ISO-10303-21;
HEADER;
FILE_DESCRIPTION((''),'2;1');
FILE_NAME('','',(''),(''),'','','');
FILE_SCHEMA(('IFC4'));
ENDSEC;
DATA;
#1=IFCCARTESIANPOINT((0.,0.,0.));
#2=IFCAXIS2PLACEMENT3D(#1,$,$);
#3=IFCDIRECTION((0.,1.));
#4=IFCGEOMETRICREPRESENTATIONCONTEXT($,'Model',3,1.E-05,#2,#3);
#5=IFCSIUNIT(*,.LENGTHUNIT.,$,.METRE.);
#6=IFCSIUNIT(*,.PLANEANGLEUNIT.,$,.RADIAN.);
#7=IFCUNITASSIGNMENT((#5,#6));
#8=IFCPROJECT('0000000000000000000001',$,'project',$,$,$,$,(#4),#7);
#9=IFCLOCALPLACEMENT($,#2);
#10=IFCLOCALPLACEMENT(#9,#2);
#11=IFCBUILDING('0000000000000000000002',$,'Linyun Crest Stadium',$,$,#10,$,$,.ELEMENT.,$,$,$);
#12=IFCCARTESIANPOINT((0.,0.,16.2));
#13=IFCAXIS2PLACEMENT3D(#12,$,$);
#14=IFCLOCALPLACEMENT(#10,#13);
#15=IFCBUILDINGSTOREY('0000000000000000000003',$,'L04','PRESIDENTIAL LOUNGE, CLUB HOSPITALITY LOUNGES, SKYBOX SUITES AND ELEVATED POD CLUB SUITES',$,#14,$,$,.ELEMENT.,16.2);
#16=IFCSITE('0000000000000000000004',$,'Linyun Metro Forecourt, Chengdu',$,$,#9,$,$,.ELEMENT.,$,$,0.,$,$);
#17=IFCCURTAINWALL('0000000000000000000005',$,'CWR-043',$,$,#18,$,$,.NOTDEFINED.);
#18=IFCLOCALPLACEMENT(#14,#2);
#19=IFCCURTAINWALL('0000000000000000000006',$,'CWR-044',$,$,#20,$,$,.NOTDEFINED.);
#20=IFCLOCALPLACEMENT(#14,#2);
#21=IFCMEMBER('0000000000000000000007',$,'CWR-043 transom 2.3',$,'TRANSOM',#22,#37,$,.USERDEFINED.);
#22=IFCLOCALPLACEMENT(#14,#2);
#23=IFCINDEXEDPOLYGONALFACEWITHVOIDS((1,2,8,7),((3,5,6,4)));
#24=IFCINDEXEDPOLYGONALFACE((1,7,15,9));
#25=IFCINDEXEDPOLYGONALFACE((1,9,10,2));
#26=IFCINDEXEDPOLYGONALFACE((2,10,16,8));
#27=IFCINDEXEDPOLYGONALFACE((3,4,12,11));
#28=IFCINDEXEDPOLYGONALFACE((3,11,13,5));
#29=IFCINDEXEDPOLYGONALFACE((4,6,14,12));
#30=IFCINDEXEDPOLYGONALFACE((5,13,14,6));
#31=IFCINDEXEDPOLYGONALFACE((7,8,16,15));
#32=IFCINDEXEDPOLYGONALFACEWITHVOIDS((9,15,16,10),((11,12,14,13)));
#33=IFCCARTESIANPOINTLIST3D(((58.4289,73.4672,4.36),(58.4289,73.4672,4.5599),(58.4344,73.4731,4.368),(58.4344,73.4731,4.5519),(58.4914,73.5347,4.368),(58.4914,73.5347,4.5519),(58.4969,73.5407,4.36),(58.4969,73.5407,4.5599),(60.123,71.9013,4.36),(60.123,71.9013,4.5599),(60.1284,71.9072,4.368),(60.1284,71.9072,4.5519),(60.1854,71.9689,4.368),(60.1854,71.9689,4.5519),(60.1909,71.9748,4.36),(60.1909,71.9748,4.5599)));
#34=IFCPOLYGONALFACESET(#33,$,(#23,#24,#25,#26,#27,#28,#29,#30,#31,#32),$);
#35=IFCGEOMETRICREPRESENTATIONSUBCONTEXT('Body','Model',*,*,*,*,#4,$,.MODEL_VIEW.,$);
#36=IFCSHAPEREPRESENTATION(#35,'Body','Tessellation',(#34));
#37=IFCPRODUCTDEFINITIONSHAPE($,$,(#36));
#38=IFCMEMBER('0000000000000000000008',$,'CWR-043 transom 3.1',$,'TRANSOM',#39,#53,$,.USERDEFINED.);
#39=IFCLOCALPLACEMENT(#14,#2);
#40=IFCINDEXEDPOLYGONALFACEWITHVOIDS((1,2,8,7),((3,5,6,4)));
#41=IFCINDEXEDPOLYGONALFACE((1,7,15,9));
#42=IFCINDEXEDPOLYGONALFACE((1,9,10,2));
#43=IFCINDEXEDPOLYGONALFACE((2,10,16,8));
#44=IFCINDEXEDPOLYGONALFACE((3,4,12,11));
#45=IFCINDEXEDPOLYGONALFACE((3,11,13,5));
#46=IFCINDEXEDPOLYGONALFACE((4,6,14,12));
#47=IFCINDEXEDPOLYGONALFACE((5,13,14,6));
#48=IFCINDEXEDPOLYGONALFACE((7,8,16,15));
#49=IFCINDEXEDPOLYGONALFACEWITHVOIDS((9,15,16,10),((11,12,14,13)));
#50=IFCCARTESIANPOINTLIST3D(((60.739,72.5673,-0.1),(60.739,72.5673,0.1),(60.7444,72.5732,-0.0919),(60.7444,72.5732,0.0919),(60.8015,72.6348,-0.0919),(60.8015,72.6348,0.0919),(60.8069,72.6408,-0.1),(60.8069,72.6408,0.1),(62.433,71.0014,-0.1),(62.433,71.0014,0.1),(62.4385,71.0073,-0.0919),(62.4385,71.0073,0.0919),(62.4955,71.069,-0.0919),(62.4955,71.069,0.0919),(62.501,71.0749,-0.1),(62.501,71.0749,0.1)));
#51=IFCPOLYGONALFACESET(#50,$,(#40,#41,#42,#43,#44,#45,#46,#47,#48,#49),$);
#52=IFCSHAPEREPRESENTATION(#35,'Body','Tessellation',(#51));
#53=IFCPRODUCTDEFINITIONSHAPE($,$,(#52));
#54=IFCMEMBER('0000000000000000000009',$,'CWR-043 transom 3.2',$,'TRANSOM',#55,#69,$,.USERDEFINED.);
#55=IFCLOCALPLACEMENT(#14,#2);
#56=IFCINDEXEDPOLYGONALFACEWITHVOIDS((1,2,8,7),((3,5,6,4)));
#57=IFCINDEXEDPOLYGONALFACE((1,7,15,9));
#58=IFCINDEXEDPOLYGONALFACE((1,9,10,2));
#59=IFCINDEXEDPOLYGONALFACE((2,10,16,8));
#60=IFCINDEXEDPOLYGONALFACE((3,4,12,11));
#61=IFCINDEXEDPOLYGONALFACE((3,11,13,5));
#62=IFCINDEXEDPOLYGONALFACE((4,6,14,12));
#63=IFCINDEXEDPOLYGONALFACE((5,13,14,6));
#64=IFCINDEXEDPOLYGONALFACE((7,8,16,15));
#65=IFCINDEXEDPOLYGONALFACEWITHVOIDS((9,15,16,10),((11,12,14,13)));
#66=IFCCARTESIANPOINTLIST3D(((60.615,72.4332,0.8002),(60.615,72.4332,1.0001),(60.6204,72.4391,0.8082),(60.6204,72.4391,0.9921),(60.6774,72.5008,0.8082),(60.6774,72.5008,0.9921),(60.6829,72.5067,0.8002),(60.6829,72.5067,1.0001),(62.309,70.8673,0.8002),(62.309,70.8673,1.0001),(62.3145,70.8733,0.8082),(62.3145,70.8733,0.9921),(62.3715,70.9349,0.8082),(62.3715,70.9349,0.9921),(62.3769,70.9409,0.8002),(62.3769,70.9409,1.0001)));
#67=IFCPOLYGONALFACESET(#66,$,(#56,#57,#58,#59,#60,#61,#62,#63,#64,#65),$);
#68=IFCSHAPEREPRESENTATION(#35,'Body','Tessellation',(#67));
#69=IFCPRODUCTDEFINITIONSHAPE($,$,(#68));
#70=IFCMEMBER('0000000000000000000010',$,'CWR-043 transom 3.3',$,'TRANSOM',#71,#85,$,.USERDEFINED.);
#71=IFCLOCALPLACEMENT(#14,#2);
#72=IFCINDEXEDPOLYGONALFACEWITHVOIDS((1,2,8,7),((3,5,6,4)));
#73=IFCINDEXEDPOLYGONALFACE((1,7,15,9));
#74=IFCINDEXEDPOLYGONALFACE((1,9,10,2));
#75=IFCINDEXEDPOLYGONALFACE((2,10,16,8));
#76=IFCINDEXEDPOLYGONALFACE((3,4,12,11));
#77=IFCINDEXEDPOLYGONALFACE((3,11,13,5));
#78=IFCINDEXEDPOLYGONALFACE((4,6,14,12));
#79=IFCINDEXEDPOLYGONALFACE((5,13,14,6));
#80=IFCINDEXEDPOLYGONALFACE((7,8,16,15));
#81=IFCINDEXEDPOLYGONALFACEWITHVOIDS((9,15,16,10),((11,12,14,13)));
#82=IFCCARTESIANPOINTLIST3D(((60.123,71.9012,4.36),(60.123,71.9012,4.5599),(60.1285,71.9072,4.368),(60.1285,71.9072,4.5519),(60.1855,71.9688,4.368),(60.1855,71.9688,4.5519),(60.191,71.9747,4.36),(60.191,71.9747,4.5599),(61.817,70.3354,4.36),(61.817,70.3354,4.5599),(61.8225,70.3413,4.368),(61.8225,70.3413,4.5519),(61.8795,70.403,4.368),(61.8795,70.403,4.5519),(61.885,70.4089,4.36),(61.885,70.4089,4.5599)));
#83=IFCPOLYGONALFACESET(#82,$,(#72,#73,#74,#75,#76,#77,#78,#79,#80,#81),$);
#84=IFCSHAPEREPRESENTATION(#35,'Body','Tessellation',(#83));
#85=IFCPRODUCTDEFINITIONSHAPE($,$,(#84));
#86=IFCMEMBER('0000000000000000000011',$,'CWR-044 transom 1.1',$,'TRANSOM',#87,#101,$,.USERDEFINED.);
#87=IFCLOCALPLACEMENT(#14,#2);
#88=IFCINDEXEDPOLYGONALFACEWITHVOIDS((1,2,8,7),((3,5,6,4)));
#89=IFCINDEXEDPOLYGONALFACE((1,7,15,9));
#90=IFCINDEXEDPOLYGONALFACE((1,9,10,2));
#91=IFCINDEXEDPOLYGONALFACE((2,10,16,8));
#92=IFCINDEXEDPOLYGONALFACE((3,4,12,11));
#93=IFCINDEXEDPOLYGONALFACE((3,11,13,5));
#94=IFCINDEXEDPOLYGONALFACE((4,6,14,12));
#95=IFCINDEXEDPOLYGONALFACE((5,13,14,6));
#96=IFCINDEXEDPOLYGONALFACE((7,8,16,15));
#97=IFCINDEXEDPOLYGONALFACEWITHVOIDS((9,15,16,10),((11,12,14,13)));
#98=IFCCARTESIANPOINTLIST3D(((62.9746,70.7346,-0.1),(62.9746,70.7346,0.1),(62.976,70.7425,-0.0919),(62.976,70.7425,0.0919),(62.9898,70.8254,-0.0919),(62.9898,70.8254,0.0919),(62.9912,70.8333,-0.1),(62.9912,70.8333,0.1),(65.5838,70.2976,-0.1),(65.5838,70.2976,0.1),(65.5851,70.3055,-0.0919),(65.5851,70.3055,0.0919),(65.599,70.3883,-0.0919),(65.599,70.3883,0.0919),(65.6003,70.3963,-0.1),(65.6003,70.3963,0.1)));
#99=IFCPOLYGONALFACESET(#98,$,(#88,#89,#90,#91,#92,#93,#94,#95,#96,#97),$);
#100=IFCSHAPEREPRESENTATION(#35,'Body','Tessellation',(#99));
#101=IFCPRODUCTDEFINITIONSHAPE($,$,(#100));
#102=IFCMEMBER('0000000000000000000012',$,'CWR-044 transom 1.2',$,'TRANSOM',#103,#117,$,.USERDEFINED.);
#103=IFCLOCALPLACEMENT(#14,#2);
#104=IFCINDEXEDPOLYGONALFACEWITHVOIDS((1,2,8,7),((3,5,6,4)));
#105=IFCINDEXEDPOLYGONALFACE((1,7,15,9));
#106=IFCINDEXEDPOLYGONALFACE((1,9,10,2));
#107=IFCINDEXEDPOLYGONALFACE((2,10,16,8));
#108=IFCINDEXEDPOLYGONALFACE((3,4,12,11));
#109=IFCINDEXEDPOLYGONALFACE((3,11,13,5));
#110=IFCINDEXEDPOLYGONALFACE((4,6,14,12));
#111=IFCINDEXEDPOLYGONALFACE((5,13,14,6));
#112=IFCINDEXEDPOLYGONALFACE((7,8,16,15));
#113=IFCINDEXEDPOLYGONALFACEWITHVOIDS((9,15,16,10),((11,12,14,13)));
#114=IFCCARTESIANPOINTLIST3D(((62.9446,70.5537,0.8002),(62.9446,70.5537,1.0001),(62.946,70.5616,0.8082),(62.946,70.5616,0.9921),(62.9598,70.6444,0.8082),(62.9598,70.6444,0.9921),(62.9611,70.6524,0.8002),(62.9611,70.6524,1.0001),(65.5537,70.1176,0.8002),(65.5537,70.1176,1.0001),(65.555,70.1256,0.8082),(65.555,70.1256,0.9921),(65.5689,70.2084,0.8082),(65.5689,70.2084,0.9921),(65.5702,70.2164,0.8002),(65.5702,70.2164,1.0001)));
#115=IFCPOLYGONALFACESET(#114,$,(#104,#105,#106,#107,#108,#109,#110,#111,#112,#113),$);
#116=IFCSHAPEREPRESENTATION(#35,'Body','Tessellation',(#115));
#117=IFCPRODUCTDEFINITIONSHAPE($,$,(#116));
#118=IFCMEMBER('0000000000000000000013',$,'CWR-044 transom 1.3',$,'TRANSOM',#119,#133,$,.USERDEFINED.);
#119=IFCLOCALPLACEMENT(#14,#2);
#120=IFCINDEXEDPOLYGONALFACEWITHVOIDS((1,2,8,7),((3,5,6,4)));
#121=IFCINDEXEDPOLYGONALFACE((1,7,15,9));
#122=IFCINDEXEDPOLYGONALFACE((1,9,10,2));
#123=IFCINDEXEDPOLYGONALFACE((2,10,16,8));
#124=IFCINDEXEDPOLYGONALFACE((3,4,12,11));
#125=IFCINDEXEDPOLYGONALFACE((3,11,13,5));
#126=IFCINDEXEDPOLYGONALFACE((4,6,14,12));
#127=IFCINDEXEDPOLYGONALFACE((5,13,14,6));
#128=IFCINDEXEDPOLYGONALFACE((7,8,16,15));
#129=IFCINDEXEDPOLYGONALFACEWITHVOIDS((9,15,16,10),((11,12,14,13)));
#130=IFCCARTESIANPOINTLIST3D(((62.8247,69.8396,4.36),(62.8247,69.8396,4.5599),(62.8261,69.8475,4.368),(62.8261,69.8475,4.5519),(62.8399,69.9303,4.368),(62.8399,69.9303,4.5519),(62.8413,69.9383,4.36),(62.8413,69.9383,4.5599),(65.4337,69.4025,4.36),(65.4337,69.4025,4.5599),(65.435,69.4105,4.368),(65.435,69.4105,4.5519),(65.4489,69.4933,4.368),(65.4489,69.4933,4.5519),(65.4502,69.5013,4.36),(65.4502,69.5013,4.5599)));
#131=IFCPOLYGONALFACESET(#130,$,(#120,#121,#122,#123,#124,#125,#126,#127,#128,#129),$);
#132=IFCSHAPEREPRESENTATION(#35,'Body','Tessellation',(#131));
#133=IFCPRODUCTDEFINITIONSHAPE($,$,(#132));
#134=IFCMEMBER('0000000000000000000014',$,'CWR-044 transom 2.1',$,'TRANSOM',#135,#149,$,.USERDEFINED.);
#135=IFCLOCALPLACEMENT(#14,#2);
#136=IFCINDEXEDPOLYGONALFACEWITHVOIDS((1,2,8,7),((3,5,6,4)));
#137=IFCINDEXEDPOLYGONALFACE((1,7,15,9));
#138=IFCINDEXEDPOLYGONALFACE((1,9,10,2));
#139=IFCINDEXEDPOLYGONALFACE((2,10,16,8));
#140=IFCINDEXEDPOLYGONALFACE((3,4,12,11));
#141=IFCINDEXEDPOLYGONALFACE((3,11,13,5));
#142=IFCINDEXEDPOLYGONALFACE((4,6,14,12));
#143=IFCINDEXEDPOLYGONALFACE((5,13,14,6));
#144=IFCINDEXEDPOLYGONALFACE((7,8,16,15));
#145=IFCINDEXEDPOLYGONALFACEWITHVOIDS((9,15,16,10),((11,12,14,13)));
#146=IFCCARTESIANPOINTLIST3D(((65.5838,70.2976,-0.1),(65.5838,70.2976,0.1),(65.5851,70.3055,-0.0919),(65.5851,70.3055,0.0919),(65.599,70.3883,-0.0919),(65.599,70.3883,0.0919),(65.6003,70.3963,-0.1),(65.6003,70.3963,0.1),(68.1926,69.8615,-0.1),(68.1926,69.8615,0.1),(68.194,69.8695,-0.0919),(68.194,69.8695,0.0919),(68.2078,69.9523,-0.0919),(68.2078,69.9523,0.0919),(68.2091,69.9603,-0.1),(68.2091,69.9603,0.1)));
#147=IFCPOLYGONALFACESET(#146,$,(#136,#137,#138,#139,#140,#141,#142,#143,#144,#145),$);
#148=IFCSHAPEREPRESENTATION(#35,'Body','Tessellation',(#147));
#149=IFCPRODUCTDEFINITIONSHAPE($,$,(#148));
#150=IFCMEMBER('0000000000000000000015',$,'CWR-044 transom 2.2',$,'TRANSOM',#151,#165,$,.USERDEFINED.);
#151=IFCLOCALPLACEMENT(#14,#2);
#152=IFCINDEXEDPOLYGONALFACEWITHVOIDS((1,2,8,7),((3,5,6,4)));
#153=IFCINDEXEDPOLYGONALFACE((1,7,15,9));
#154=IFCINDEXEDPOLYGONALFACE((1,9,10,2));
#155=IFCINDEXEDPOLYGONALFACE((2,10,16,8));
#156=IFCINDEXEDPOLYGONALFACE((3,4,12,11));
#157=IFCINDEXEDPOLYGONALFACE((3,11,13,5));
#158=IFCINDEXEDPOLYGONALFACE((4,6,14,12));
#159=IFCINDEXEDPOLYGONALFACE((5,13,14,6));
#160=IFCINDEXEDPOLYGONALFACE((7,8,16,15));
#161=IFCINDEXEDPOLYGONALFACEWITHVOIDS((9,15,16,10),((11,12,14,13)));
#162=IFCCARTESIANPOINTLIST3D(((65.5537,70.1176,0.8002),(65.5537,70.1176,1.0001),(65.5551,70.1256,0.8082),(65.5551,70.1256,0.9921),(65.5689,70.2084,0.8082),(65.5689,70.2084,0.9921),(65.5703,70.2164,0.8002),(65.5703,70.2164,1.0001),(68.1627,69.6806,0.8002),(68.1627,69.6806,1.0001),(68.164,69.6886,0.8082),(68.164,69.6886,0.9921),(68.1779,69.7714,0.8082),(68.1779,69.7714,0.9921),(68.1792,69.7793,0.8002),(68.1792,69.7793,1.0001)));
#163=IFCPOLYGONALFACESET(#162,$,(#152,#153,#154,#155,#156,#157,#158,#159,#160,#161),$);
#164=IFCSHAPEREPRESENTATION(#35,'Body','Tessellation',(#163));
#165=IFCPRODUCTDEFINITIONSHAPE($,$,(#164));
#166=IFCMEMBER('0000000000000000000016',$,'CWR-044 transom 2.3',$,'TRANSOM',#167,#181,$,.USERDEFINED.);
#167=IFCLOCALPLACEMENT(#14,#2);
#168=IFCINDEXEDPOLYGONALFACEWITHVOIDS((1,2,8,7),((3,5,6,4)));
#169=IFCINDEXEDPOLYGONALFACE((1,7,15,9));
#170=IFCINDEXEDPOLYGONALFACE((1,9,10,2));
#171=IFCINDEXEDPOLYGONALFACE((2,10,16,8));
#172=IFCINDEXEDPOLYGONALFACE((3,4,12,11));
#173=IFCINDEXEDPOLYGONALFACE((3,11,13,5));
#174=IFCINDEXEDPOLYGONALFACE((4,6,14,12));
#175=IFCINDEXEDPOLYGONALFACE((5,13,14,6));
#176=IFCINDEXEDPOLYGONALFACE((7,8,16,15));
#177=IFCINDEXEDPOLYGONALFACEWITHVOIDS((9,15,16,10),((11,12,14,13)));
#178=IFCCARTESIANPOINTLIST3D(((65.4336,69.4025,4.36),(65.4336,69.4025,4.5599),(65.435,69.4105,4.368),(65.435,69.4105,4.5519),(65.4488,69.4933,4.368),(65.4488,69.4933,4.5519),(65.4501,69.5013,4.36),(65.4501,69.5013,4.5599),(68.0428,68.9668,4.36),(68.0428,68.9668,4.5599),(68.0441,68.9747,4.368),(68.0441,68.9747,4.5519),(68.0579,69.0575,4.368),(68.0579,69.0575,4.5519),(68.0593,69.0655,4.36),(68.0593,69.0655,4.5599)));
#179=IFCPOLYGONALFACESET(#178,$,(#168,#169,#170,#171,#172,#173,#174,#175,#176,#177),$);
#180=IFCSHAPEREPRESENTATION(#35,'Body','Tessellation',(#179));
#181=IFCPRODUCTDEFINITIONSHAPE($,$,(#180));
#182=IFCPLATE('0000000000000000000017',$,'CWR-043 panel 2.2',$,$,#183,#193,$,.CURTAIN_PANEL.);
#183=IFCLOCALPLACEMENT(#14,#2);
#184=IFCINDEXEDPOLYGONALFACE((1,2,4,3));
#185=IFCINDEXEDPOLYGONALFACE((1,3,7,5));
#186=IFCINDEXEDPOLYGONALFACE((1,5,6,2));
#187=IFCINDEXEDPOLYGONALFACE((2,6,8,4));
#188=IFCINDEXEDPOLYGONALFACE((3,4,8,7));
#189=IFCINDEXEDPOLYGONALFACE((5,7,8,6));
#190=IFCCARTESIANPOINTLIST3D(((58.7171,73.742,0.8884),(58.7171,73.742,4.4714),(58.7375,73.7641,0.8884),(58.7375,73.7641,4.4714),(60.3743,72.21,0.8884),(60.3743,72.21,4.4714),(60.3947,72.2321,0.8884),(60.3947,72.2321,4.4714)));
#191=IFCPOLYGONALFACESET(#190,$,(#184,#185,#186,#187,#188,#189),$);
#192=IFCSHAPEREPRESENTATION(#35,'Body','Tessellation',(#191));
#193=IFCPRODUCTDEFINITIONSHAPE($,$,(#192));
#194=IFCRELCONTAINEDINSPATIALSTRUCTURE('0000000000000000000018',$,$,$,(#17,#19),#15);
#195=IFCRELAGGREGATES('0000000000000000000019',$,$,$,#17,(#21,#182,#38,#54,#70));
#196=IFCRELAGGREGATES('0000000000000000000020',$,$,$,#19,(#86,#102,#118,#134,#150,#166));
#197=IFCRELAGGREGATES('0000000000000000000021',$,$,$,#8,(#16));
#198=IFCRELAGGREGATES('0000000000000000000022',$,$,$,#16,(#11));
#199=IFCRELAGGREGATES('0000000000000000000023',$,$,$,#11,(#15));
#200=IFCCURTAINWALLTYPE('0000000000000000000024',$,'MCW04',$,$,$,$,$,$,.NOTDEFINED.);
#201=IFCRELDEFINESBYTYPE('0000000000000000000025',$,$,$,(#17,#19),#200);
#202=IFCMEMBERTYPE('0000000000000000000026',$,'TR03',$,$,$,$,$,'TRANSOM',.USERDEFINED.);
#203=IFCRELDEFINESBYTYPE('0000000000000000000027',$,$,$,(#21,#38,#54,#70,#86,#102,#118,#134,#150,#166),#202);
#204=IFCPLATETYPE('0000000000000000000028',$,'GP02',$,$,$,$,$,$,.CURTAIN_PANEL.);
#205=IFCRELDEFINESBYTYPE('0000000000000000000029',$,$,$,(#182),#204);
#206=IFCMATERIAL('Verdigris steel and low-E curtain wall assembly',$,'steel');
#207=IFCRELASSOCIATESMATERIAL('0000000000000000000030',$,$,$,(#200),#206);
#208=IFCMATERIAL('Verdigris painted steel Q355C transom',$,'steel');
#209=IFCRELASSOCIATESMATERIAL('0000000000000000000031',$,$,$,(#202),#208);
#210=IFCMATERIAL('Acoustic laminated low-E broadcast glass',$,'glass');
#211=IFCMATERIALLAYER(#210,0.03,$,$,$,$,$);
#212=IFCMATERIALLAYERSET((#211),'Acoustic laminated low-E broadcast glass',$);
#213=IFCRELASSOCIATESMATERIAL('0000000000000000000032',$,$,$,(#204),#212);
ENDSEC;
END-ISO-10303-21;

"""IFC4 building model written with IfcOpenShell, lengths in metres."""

from ifc_helpers import new_model, si_unit, direction, frame, origin, origin_2d, place, context, subcontext, project, spatial, rectangle, hollow_rectangle, extrude, material, layer, layer_set, material_profile, profile_set, type_object, element, aggregate, save


model = new_model("IFC4")

# Units and contexts
model_context = context("Model", 3, precision=1e-05, world=origin(), true_north=direction((0.0, 1.0)))
body_context = subcontext(model_context, "Body", "Model", "MODEL_VIEW")
ifc_project = project(units=[si_unit("LENGTHUNIT", "METRE"), si_unit("PLANEANGLEUNIT", "RADIAN")], contexts=[model_context])

# Site, building, storey
site_placement = place(None, origin())
site = spatial("IfcSite", under=ifc_project, at=site_placement, Name="Linyun Metro Forecourt, Chengdu", CompositionType="ELEMENT", RefElevation=0.0)
building_placement = place(site_placement, origin())
building = spatial("IfcBuilding", under=site, at=building_placement, Name="Linyun Crest Stadium", CompositionType="ELEMENT")
storey_placement = place(building_placement, frame((0.0, 0.0, 16.2)))
storey = spatial("IfcBuildingStorey", under=building, at=storey_placement, Name="L04", Description="PRESIDENTIAL LOUNGE, CLUB HOSPITALITY LOUNGES, SKYBOX SUITES AND ELEVATED POD CLUB SUITES", CompositionType="ELEMENT", Elevation=16.2)

# Curtain walls
ifc_material_1 = material(Name="Verdigris steel and low-E curtain wall assembly", Category="steel")
curtain_wall_type = type_object("IfcCurtainWallType", Name="MCW04", PredefinedType="NOTDEFINED", material=ifc_material_1)
curtain_wall_1_placement = place(storey_placement, origin())
curtain_wall_1 = element("IfcCurtainWall", 1, at=curtain_wall_1_placement, inside=storey, type_object=curtain_wall_type, Name="CWR-043", PredefinedType="NOTDEFINED")
curtain_wall_2_placement = place(storey_placement, origin())
curtain_wall_2 = element("IfcCurtainWall", 2, at=curtain_wall_2_placement, inside=storey, type_object=curtain_wall_type, Name="CWR-044", PredefinedType="NOTDEFINED")

# Members
ifc_material_2 = material(Name="Verdigris painted steel Q355C transom", Category="steel")
ifc_material_profile_1 = material_profile(ifc_material_2, hollow_rectangle(XDim=0.1001, YDim=0.2, WallThickness=0.0081, at=origin_2d()), Name="RHS 200x100x8")
ifc_profile_set_1 = profile_set([ifc_material_profile_1], Name="Verdigris painted steel Q355C transom")
member_type_1 = type_object("IfcMemberType", Name="TR03", ElementType="TRANSOM", PredefinedType="USERDEFINED", material=ifc_profile_set_1)
member_1_placement = place(storey_placement, frame((58.4629, 73.5039, 4.46), z_axis=(0.734341, -0.678781, 0.0), x_axis=(0.678781, 0.734341, 0.0)))
member_1 = element("IfcMember", 3, at=member_1_placement, type_object=member_type_1, Name="CWR-043 transom 2.3", ObjectType="TRANSOM", PredefinedType="USERDEFINED", context=body_context, shape_type="SweptSolid", body=[
    extrude(hollow_rectangle(XDim=0.1001, YDim=0.2, WallThickness=0.0081, at=origin_2d()), origin(), (0.0, 0.0, 1.0), 2.3069),
])
member_2_placement = place(storey_placement, frame((60.7729, 72.604, 0.0), z_axis=(0.734341, -0.678781, 0.0), x_axis=(0.678781, 0.734341, 0.0)))
member_2 = element("IfcMember", 4, at=member_2_placement, type_object=member_type_1, Name="CWR-043 transom 3.1", ObjectType="TRANSOM", PredefinedType="USERDEFINED", context=body_context, shape_type="SweptSolid", body=[
    extrude(hollow_rectangle(XDim=0.1001, YDim=0.2, WallThickness=0.0081, at=origin_2d()), origin(), (0.0, 0.0, 1.0), 2.3069),
])
member_3_placement = place(storey_placement, frame((60.6489, 72.47, 0.9001), z_axis=(0.734341, -0.678781, 0.0), x_axis=(0.678781, 0.734341, 0.0)))
member_3 = element("IfcMember", 5, at=member_3_placement, type_object=member_type_1, Name="CWR-043 transom 3.2", ObjectType="TRANSOM", PredefinedType="USERDEFINED", context=body_context, shape_type="SweptSolid", body=[
    extrude(hollow_rectangle(XDim=0.1001, YDim=0.2, WallThickness=0.0081, at=origin_2d()), origin(), (0.0, 0.0, 1.0), 2.3069),
])
member_4_placement = place(storey_placement, frame((60.157, 71.938, 4.46), z_axis=(0.734341, -0.678781, 0.0), x_axis=(0.678781, 0.734341, 0.0)))
member_4 = element("IfcMember", 6, at=member_4_placement, type_object=member_type_1, Name="CWR-043 transom 3.3", ObjectType="TRANSOM", PredefinedType="USERDEFINED", context=body_context, shape_type="SweptSolid", body=[
    extrude(hollow_rectangle(XDim=0.1001, YDim=0.2, WallThickness=0.0081, at=origin_2d()), origin(), (0.0, 0.0, 1.0), 2.3069),
])
member_5_placement = place(storey_placement, frame((62.9829, 70.7839, 0.0), z_axis=(0.986261, -0.165192, 0.0), x_axis=(0.165192, 0.986261, 0.0)))
member_5 = element("IfcMember", 7, at=member_5_placement, type_object=member_type_1, Name="CWR-044 transom 1.1", ObjectType="TRANSOM", PredefinedType="USERDEFINED", context=body_context, shape_type="SweptSolid", body=[
    extrude(hollow_rectangle(XDim=0.1001, YDim=0.2, WallThickness=0.0081, at=origin_2d()), origin(), (0.0, 0.0, 1.0), 2.6455),
])
member_6_placement = place(storey_placement, frame((62.9529, 70.603, 0.9001), z_axis=(0.986321, -0.164833, 0.0), x_axis=(0.164833, 0.986321, 0.0)))
member_6 = element("IfcMember", 8, at=member_6_placement, type_object=member_type_1, Name="CWR-044 transom 1.2", ObjectType="TRANSOM", PredefinedType="USERDEFINED", context=body_context, shape_type="SweptSolid", body=[
    extrude(hollow_rectangle(XDim=0.1001, YDim=0.2, WallThickness=0.0081, at=origin_2d()), origin(), (0.0, 0.0, 1.0), 2.6453),
])
member_7_placement = place(storey_placement, frame((62.833, 69.8889, 4.46), z_axis=(0.986259, -0.165207, 0.0), x_axis=(0.165207, 0.986259, 0.0)))
member_7 = element("IfcMember", 9, at=member_7_placement, type_object=member_type_1, Name="CWR-044 transom 1.3", ObjectType="TRANSOM", PredefinedType="USERDEFINED", context=body_context, shape_type="SweptSolid", body=[
    extrude(hollow_rectangle(XDim=0.1001, YDim=0.2, WallThickness=0.0081, at=origin_2d()), origin(), (0.0, 0.0, 1.0), 2.6453),
])
member_8_placement = place(storey_placement, frame((65.592, 70.3469, 0.0), z_axis=(0.986319, -0.164848, 0.0), x_axis=(0.164848, 0.986319, 0.0)))
member_8 = element("IfcMember", 10, at=member_8_placement, type_object=member_type_1, Name="CWR-044 transom 2.1", ObjectType="TRANSOM", PredefinedType="USERDEFINED", context=body_context, shape_type="SweptSolid", body=[
    extrude(hollow_rectangle(XDim=0.1001, YDim=0.2, WallThickness=0.0081, at=origin_2d()), origin(), (0.0, 0.0, 1.0), 2.645),
])
member_9_placement = place(storey_placement, frame((65.562, 70.167, 0.9001), z_axis=(0.986259, -0.165207, 0.0), x_axis=(0.165207, 0.986259, 0.0)))
member_9 = element("IfcMember", 11, at=member_9_placement, type_object=member_type_1, Name="CWR-044 transom 2.2", ObjectType="TRANSOM", PredefinedType="USERDEFINED", context=body_context, shape_type="SweptSolid", body=[
    extrude(hollow_rectangle(XDim=0.1001, YDim=0.2, WallThickness=0.0081, at=origin_2d()), origin(), (0.0, 0.0, 1.0), 2.6453),
])
member_10_placement = place(storey_placement, frame((65.4419, 69.4519, 4.46), z_axis=(0.986336, -0.164743, 0.0), x_axis=(0.164743, 0.986336, 0.0)))
member_10 = element("IfcMember", 12, at=member_10_placement, type_object=member_type_1, Name="CWR-044 transom 2.3", ObjectType="TRANSOM", PredefinedType="USERDEFINED", context=body_context, shape_type="SweptSolid", body=[
    extrude(hollow_rectangle(XDim=0.1001, YDim=0.2, WallThickness=0.0081, at=origin_2d()), origin(), (0.0, 0.0, 1.0), 2.6453),
])

# Plate
ifc_material_3 = material(Name="Acoustic laminated low-E broadcast glass", Category="glass")
ifc_layer_1 = layer(ifc_material_3, 0.03)
ifc_layer_set_1 = layer_set([ifc_layer_1], Name="Acoustic laminated low-E broadcast glass")
plate_type_1 = type_object("IfcPlateType", Name="GP02", PredefinedType="CURTAIN_PANEL", material=ifc_layer_set_1)
plate_1_placement = place(storey_placement, frame((59.5559, 72.9871, 0.8884), z_axis=(0.0, 0.0, 1.0), x_axis=(0.734299, -0.678826, 0.0)))
plate_1 = element("IfcPlate", 13, at=plate_1_placement, type_object=plate_type_1, Name="CWR-043 panel 2.2", PredefinedType="CURTAIN_PANEL", context=body_context, shape_type="SweptSolid", body=[
    extrude(rectangle(XDim=2.2568, YDim=0.03, at=origin_2d()), origin(), (0.0, 0.0, 1.0), 3.583),
])
aggregate(curtain_wall_1, [member_1, plate_1, member_2, member_3, member_4])
aggregate(curtain_wall_2, [member_5, member_6, member_7, member_8, member_9, member_10])

save(model, "model.ifc")
